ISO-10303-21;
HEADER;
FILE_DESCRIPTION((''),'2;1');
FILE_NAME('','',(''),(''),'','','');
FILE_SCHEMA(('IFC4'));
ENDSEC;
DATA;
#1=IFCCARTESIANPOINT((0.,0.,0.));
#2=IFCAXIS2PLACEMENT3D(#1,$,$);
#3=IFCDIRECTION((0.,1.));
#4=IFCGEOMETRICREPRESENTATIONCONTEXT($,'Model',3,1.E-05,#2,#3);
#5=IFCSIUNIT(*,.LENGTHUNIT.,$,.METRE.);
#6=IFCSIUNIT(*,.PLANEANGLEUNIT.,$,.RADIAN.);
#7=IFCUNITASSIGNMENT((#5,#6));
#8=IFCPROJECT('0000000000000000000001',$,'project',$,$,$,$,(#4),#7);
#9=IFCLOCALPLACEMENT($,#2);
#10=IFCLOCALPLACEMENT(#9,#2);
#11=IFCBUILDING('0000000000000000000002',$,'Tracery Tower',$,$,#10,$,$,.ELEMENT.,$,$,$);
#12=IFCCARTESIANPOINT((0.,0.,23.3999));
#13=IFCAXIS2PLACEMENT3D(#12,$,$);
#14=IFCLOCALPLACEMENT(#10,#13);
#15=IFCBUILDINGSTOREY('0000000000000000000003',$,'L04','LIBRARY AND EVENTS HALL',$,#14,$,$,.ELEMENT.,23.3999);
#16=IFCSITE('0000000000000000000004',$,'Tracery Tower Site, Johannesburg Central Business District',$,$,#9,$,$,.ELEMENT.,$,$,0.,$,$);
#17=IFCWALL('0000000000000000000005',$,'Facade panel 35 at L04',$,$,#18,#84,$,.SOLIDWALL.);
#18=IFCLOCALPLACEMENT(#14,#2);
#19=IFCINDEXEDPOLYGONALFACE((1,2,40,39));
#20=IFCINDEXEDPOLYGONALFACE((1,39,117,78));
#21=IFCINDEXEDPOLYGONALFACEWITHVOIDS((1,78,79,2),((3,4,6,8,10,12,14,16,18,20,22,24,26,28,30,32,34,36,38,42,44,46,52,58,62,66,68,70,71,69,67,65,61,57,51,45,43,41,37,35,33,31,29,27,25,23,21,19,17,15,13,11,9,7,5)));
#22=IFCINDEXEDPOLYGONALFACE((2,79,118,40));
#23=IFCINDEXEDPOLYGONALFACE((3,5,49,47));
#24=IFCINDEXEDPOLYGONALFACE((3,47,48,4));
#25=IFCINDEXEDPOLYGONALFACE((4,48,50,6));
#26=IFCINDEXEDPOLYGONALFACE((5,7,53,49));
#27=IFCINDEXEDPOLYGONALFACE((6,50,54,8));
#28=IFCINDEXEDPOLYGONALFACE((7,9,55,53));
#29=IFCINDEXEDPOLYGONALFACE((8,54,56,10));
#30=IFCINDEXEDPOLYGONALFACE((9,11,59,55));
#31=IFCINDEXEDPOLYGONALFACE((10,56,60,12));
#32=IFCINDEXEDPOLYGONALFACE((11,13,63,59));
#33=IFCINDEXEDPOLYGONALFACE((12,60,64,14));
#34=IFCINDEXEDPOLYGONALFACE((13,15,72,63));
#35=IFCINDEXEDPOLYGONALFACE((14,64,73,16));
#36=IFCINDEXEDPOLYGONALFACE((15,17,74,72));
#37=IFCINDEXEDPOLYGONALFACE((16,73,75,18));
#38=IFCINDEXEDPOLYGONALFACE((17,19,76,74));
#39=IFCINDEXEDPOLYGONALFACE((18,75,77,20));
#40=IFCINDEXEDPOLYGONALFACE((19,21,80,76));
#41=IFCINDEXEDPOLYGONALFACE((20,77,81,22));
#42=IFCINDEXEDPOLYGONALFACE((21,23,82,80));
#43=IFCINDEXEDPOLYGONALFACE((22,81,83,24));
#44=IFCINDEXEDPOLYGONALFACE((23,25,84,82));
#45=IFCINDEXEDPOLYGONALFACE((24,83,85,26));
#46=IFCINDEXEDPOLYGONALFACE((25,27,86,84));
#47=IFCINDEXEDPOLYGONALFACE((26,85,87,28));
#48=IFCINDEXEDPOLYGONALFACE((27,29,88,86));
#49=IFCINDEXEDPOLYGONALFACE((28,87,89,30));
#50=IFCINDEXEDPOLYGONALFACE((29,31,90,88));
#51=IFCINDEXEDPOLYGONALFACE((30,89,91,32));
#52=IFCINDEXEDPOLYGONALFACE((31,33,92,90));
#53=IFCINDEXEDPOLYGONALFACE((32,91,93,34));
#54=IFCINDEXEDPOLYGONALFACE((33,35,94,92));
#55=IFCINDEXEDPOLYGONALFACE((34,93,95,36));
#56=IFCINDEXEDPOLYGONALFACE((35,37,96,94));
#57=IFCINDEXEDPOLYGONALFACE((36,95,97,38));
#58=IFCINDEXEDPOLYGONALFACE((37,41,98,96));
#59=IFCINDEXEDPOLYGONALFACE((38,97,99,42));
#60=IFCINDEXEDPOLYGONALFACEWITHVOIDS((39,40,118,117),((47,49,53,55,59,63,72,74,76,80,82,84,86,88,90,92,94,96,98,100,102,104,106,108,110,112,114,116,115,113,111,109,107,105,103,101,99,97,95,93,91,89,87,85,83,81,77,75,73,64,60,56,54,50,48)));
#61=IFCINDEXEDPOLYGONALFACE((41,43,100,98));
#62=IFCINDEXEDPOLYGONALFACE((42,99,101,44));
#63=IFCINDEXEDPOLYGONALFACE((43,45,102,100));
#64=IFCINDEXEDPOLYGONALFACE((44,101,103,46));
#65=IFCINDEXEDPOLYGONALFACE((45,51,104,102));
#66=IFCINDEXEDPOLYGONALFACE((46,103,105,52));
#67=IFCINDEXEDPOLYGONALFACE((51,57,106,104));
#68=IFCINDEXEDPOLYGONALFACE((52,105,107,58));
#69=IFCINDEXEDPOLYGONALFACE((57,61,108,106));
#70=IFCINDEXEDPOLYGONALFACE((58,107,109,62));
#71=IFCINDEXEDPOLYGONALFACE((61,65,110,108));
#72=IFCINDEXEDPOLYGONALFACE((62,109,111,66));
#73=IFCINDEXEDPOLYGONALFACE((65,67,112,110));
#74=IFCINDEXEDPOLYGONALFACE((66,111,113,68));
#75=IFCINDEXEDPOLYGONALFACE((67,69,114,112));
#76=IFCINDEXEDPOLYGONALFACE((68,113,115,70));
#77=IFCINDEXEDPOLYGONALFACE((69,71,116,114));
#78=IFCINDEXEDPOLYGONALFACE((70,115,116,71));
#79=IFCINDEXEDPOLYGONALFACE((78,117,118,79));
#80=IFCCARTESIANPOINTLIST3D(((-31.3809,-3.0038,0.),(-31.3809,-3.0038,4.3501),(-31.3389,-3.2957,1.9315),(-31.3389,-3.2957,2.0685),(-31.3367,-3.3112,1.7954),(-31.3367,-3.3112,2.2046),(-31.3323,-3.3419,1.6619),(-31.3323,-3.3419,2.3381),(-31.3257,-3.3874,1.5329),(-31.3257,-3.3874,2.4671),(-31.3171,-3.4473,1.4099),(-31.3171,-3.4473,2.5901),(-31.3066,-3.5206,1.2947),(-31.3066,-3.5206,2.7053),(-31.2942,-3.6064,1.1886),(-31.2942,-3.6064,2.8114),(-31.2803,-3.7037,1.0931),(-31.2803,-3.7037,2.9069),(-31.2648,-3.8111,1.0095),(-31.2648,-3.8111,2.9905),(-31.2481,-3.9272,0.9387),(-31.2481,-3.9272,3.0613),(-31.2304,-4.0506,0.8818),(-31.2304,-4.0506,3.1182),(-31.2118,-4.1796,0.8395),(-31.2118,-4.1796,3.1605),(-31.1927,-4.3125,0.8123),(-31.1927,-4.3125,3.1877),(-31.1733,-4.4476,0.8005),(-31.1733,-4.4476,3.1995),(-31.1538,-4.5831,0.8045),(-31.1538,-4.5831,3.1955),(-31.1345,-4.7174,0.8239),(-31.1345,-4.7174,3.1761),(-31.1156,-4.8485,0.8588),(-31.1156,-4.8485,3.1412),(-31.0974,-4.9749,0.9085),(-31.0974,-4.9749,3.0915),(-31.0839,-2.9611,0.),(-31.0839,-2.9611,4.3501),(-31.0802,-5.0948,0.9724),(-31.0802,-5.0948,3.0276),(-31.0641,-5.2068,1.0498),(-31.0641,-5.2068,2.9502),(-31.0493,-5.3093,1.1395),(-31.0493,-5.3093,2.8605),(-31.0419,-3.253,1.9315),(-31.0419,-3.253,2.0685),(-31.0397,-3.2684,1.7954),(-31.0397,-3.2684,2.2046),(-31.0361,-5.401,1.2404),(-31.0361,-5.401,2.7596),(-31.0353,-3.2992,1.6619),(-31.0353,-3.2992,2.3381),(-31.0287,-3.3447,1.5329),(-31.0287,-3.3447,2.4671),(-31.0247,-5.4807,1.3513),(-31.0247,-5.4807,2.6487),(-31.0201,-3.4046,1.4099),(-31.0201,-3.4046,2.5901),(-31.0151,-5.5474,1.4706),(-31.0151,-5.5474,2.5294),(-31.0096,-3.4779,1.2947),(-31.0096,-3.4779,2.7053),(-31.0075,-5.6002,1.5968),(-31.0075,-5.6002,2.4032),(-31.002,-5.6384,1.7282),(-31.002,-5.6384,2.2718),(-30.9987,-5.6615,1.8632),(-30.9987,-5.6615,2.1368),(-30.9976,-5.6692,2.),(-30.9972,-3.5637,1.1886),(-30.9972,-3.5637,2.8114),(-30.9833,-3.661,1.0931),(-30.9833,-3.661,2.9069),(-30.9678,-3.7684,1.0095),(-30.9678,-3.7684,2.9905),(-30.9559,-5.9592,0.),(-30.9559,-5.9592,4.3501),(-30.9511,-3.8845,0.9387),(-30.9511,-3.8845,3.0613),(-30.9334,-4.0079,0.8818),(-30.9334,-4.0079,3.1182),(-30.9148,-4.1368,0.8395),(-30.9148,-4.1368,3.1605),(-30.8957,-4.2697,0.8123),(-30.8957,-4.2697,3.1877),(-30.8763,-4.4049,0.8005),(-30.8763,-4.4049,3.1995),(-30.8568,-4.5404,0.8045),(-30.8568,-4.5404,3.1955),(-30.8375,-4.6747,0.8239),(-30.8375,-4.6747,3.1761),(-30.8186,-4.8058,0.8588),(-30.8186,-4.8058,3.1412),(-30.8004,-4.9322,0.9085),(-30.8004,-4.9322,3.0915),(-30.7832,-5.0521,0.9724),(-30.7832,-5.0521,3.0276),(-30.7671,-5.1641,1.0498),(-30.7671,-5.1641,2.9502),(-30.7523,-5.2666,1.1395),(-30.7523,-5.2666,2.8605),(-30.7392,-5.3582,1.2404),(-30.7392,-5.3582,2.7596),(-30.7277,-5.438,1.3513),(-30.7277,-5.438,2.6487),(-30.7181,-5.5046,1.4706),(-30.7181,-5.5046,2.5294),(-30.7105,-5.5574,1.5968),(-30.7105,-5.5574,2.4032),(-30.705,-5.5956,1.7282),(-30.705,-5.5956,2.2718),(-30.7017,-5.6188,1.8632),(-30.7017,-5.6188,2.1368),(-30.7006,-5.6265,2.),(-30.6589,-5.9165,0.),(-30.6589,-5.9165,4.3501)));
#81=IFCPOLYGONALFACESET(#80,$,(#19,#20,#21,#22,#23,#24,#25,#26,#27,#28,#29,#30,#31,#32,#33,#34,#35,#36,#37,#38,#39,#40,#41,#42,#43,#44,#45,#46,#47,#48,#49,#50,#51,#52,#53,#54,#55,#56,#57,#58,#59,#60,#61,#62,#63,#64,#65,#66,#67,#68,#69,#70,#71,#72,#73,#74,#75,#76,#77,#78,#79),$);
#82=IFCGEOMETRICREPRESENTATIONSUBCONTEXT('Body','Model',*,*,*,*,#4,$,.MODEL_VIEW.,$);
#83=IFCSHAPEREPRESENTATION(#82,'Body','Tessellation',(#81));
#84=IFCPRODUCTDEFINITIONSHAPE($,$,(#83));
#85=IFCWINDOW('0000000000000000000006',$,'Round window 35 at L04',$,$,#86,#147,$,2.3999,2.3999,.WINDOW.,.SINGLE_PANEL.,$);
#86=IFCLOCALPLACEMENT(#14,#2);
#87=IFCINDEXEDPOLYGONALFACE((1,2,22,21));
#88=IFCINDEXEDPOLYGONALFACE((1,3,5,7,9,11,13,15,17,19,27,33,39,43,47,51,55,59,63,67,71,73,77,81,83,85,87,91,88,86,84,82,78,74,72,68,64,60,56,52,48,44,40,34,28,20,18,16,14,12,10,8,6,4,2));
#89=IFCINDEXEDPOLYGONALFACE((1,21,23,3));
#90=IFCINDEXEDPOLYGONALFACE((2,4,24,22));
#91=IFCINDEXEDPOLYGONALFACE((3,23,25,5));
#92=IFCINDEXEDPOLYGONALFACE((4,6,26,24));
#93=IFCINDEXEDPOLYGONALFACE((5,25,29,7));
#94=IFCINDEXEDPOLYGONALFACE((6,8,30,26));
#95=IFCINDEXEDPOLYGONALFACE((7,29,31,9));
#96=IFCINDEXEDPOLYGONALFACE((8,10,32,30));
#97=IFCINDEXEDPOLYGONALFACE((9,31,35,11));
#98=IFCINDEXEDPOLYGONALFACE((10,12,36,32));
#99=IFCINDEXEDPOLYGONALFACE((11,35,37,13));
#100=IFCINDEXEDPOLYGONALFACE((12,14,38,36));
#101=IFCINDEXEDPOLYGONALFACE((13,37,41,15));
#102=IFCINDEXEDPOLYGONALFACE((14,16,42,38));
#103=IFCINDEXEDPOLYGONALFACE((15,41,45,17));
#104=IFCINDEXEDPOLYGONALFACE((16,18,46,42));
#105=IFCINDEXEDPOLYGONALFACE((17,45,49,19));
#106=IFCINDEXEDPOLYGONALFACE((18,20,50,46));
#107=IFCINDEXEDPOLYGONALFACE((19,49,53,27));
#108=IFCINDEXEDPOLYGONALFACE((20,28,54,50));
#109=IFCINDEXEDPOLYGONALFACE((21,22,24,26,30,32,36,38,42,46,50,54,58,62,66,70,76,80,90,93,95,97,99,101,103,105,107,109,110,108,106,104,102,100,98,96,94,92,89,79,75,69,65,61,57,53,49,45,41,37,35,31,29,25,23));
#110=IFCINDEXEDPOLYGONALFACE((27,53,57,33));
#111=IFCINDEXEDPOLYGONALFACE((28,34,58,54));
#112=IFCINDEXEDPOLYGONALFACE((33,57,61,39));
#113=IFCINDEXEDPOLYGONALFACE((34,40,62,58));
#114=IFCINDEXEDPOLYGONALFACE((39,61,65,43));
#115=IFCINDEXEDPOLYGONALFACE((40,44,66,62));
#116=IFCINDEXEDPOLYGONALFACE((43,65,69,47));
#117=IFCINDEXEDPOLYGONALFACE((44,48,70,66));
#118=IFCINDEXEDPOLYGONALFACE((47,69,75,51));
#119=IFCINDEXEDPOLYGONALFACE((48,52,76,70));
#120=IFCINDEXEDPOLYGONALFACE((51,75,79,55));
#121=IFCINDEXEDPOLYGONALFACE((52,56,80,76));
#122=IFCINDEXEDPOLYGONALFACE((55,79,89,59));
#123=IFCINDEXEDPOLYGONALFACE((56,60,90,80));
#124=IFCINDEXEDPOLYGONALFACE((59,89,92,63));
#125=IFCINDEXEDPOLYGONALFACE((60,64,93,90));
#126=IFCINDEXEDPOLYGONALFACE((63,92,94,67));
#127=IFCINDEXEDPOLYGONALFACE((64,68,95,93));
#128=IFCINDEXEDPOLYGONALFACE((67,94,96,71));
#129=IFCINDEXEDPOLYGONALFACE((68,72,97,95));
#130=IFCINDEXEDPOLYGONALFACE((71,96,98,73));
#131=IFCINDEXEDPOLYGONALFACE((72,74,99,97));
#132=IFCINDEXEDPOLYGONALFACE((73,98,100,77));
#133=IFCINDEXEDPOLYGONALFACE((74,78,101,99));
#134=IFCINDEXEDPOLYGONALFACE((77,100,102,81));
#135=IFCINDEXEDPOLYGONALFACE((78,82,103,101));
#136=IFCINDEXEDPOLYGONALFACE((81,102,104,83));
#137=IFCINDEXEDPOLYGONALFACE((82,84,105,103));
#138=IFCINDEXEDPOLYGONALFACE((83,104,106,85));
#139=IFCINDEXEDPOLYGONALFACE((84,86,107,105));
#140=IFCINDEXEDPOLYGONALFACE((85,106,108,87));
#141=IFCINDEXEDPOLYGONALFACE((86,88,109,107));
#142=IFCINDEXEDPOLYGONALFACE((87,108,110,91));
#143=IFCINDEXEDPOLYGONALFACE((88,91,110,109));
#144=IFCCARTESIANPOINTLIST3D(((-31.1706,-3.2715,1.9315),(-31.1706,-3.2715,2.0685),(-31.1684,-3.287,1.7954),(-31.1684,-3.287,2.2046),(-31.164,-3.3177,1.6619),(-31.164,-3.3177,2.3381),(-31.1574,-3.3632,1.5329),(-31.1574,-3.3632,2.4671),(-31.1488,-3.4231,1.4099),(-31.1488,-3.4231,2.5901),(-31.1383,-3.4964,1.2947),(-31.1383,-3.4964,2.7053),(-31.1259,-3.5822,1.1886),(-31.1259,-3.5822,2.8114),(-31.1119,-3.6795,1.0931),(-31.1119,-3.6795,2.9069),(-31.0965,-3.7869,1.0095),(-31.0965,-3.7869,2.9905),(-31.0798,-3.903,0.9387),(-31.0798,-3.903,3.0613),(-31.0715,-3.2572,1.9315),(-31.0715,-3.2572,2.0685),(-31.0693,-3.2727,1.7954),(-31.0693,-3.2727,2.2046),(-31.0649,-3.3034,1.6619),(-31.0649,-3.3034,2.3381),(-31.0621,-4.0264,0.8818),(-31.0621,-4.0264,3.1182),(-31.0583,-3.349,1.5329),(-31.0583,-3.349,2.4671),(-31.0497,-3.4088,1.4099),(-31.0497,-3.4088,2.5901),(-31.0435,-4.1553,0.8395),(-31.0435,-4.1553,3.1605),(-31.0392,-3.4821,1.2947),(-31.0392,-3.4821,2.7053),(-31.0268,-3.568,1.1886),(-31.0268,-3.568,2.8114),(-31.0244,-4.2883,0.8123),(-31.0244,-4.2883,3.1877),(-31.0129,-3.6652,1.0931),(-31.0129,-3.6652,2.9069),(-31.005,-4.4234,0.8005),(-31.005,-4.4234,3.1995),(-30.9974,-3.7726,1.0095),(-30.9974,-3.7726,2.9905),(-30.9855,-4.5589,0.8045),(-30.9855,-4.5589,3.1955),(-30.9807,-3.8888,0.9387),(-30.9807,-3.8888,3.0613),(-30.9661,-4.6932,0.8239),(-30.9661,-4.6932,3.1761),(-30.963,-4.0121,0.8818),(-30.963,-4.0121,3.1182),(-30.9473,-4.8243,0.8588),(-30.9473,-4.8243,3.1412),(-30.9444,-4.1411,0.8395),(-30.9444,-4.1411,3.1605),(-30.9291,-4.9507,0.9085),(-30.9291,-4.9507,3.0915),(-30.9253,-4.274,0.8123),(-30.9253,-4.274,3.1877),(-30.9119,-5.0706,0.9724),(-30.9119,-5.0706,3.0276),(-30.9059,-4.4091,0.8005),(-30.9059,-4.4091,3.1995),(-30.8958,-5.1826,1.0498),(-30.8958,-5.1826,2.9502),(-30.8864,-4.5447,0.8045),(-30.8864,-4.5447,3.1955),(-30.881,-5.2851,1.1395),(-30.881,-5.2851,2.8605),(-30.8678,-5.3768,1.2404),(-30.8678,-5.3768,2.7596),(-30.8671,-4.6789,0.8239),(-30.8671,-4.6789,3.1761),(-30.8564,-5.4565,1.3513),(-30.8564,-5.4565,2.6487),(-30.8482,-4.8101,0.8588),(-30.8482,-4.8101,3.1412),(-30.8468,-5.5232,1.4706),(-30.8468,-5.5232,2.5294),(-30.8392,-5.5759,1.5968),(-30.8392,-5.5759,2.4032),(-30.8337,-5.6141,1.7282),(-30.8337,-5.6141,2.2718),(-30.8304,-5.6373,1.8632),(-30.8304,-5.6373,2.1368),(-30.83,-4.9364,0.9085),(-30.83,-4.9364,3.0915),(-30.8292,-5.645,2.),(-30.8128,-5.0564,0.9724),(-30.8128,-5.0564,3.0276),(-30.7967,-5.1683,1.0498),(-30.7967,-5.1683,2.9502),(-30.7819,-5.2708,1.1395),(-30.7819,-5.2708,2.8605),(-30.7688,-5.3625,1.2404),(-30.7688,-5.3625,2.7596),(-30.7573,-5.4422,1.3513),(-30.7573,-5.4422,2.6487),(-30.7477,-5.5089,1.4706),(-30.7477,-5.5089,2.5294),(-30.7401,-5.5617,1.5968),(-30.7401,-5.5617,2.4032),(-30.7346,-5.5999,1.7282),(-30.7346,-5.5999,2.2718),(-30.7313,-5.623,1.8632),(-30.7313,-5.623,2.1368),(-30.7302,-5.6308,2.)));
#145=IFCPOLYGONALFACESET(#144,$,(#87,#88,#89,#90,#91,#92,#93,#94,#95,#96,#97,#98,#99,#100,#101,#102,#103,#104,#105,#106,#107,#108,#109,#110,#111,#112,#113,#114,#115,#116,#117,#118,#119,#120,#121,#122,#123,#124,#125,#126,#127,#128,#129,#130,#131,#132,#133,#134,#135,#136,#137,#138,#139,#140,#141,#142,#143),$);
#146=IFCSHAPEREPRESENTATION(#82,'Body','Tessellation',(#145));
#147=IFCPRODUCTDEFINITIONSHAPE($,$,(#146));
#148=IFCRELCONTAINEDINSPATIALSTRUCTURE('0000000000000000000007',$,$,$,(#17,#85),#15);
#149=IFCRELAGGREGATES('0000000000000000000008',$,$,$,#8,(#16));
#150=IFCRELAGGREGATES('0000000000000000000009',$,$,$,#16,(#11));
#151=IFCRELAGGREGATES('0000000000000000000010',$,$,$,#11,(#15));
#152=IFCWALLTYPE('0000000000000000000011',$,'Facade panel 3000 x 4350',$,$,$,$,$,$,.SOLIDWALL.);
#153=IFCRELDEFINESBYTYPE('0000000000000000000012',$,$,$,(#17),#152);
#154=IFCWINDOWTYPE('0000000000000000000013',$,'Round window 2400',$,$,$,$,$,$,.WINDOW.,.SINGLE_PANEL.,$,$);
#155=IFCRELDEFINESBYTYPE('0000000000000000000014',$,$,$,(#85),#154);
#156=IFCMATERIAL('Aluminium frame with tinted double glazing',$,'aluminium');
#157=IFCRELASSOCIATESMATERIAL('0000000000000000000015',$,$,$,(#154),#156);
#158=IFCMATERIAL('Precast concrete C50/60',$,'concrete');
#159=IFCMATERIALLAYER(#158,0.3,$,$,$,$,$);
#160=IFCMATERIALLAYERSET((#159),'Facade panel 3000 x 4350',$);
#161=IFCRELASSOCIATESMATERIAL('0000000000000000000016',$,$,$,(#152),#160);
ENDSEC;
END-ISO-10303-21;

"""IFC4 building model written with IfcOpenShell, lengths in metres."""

from ifc_helpers import new_model, si_unit, direction, frame, frame_2d, origin, origin_2d, place, context, subcontext, project, spatial, rectangle, circle, extrude, material, layer, layer_set, type_object, element, fill, save


model = new_model("IFC4")

# Units and contexts
model_context = context("Model", 3, precision=1e-05, world=origin(), true_north=direction((0.0, 1.0)))
body_context = subcontext(model_context, "Body", "Model", "MODEL_VIEW")
ifc_project = project(units=[si_unit("LENGTHUNIT", "METRE"), si_unit("PLANEANGLEUNIT", "RADIAN")], contexts=[model_context])

# Site, building, storey
site_placement = place(None, origin())
site = spatial("IfcSite", under=ifc_project, at=site_placement, Name="Tracery Tower Site, Johannesburg Central Business District", CompositionType="ELEMENT", RefElevation=0.0)
building_placement = place(site_placement, origin())
building = spatial("IfcBuilding", under=site, at=building_placement, Name="Tracery Tower", CompositionType="ELEMENT")
storey_placement = place(building_placement, frame((0.0, 0.0, 23.3999)))
storey = spatial("IfcBuildingStorey", under=building, at=storey_placement, Name="L04", Description="LIBRARY AND EVENTS HALL", CompositionType="ELEMENT", Elevation=23.3999)

# Wall, opening, window
ifc_material_1 = material(Name="Aluminium frame with tinted double glazing", Category="aluminium")
window_type = type_object("IfcWindowType", Name="Round window 2400", PartitioningType="SINGLE_PANEL", PredefinedType="WINDOW", material=ifc_material_1)
ifc_material_2 = material(Name="Precast concrete C50/60", Category="concrete")
ifc_layer_1 = layer(ifc_material_2, 0.3)
ifc_layer_set_1 = layer_set([ifc_layer_1], Name="Facade panel 3000 x 4350")
wall_type_1 = type_object("IfcWallType", Name="Facade panel 3000 x 4350", PredefinedType="SOLIDWALL", material=ifc_layer_set_1)
wall_1_placement = place(storey_placement, frame((-31.2324, -2.9824, 0.0), z_axis=(0.0, 0.0, 1.0), x_axis=(0.14236, -0.989815, 0.0)))
wall_1 = element("IfcWall", 1, at=wall_1_placement, inside=storey, type_object=wall_type_1, Name="Facade panel 35 at L04", PredefinedType="SOLIDWALL", context=body_context, shape_type="SweptSolid", body=[
    extrude(rectangle(XDim=2.9858, YDim=0.3, at=frame_2d((1.4929, 0.0))), origin(), (0.0, 0.0, 1.0), 4.3501),
])
opening_1_placement = place(wall_1_placement, frame((1.4929, 0.0, 2.0)))
opening_1 = element("IfcOpeningElement", 2, at=opening_1_placement, cuts=wall_1, PredefinedType="OPENING", context=body_context, shape_type="SweptSolid", body=[
    extrude(circle(Radius=1.2, at=origin_2d()), frame((0.0, 0.1599, 0.0), z_axis=(0.0, -1.0, 0.0), x_axis=(1.0, 0.0, 0.0)), (0.0, 0.0, 1.0), 0.3201),
])
window_1_placement = place(opening_1_placement, origin())
window_1 = element("IfcWindow", 3, at=window_1_placement, inside=storey, type_object=window_type, Name="Round window 35 at L04", OverallHeight=2.3999, OverallWidth=2.3999, PartitioningType="SINGLE_PANEL", PredefinedType="WINDOW", context=body_context, shape_type="SweptSolid", body=[
    extrude(circle(Radius=1.2, at=origin_2d()), frame((0.0, 0.1201, 0.0), z_axis=(0.0, -1.0, 0.0), x_axis=(1.0, 0.0, 0.0)), (0.0, 0.0, 1.0), 0.1001),
])
fill(opening_1, window_1)

save(model, "model.ifc")
